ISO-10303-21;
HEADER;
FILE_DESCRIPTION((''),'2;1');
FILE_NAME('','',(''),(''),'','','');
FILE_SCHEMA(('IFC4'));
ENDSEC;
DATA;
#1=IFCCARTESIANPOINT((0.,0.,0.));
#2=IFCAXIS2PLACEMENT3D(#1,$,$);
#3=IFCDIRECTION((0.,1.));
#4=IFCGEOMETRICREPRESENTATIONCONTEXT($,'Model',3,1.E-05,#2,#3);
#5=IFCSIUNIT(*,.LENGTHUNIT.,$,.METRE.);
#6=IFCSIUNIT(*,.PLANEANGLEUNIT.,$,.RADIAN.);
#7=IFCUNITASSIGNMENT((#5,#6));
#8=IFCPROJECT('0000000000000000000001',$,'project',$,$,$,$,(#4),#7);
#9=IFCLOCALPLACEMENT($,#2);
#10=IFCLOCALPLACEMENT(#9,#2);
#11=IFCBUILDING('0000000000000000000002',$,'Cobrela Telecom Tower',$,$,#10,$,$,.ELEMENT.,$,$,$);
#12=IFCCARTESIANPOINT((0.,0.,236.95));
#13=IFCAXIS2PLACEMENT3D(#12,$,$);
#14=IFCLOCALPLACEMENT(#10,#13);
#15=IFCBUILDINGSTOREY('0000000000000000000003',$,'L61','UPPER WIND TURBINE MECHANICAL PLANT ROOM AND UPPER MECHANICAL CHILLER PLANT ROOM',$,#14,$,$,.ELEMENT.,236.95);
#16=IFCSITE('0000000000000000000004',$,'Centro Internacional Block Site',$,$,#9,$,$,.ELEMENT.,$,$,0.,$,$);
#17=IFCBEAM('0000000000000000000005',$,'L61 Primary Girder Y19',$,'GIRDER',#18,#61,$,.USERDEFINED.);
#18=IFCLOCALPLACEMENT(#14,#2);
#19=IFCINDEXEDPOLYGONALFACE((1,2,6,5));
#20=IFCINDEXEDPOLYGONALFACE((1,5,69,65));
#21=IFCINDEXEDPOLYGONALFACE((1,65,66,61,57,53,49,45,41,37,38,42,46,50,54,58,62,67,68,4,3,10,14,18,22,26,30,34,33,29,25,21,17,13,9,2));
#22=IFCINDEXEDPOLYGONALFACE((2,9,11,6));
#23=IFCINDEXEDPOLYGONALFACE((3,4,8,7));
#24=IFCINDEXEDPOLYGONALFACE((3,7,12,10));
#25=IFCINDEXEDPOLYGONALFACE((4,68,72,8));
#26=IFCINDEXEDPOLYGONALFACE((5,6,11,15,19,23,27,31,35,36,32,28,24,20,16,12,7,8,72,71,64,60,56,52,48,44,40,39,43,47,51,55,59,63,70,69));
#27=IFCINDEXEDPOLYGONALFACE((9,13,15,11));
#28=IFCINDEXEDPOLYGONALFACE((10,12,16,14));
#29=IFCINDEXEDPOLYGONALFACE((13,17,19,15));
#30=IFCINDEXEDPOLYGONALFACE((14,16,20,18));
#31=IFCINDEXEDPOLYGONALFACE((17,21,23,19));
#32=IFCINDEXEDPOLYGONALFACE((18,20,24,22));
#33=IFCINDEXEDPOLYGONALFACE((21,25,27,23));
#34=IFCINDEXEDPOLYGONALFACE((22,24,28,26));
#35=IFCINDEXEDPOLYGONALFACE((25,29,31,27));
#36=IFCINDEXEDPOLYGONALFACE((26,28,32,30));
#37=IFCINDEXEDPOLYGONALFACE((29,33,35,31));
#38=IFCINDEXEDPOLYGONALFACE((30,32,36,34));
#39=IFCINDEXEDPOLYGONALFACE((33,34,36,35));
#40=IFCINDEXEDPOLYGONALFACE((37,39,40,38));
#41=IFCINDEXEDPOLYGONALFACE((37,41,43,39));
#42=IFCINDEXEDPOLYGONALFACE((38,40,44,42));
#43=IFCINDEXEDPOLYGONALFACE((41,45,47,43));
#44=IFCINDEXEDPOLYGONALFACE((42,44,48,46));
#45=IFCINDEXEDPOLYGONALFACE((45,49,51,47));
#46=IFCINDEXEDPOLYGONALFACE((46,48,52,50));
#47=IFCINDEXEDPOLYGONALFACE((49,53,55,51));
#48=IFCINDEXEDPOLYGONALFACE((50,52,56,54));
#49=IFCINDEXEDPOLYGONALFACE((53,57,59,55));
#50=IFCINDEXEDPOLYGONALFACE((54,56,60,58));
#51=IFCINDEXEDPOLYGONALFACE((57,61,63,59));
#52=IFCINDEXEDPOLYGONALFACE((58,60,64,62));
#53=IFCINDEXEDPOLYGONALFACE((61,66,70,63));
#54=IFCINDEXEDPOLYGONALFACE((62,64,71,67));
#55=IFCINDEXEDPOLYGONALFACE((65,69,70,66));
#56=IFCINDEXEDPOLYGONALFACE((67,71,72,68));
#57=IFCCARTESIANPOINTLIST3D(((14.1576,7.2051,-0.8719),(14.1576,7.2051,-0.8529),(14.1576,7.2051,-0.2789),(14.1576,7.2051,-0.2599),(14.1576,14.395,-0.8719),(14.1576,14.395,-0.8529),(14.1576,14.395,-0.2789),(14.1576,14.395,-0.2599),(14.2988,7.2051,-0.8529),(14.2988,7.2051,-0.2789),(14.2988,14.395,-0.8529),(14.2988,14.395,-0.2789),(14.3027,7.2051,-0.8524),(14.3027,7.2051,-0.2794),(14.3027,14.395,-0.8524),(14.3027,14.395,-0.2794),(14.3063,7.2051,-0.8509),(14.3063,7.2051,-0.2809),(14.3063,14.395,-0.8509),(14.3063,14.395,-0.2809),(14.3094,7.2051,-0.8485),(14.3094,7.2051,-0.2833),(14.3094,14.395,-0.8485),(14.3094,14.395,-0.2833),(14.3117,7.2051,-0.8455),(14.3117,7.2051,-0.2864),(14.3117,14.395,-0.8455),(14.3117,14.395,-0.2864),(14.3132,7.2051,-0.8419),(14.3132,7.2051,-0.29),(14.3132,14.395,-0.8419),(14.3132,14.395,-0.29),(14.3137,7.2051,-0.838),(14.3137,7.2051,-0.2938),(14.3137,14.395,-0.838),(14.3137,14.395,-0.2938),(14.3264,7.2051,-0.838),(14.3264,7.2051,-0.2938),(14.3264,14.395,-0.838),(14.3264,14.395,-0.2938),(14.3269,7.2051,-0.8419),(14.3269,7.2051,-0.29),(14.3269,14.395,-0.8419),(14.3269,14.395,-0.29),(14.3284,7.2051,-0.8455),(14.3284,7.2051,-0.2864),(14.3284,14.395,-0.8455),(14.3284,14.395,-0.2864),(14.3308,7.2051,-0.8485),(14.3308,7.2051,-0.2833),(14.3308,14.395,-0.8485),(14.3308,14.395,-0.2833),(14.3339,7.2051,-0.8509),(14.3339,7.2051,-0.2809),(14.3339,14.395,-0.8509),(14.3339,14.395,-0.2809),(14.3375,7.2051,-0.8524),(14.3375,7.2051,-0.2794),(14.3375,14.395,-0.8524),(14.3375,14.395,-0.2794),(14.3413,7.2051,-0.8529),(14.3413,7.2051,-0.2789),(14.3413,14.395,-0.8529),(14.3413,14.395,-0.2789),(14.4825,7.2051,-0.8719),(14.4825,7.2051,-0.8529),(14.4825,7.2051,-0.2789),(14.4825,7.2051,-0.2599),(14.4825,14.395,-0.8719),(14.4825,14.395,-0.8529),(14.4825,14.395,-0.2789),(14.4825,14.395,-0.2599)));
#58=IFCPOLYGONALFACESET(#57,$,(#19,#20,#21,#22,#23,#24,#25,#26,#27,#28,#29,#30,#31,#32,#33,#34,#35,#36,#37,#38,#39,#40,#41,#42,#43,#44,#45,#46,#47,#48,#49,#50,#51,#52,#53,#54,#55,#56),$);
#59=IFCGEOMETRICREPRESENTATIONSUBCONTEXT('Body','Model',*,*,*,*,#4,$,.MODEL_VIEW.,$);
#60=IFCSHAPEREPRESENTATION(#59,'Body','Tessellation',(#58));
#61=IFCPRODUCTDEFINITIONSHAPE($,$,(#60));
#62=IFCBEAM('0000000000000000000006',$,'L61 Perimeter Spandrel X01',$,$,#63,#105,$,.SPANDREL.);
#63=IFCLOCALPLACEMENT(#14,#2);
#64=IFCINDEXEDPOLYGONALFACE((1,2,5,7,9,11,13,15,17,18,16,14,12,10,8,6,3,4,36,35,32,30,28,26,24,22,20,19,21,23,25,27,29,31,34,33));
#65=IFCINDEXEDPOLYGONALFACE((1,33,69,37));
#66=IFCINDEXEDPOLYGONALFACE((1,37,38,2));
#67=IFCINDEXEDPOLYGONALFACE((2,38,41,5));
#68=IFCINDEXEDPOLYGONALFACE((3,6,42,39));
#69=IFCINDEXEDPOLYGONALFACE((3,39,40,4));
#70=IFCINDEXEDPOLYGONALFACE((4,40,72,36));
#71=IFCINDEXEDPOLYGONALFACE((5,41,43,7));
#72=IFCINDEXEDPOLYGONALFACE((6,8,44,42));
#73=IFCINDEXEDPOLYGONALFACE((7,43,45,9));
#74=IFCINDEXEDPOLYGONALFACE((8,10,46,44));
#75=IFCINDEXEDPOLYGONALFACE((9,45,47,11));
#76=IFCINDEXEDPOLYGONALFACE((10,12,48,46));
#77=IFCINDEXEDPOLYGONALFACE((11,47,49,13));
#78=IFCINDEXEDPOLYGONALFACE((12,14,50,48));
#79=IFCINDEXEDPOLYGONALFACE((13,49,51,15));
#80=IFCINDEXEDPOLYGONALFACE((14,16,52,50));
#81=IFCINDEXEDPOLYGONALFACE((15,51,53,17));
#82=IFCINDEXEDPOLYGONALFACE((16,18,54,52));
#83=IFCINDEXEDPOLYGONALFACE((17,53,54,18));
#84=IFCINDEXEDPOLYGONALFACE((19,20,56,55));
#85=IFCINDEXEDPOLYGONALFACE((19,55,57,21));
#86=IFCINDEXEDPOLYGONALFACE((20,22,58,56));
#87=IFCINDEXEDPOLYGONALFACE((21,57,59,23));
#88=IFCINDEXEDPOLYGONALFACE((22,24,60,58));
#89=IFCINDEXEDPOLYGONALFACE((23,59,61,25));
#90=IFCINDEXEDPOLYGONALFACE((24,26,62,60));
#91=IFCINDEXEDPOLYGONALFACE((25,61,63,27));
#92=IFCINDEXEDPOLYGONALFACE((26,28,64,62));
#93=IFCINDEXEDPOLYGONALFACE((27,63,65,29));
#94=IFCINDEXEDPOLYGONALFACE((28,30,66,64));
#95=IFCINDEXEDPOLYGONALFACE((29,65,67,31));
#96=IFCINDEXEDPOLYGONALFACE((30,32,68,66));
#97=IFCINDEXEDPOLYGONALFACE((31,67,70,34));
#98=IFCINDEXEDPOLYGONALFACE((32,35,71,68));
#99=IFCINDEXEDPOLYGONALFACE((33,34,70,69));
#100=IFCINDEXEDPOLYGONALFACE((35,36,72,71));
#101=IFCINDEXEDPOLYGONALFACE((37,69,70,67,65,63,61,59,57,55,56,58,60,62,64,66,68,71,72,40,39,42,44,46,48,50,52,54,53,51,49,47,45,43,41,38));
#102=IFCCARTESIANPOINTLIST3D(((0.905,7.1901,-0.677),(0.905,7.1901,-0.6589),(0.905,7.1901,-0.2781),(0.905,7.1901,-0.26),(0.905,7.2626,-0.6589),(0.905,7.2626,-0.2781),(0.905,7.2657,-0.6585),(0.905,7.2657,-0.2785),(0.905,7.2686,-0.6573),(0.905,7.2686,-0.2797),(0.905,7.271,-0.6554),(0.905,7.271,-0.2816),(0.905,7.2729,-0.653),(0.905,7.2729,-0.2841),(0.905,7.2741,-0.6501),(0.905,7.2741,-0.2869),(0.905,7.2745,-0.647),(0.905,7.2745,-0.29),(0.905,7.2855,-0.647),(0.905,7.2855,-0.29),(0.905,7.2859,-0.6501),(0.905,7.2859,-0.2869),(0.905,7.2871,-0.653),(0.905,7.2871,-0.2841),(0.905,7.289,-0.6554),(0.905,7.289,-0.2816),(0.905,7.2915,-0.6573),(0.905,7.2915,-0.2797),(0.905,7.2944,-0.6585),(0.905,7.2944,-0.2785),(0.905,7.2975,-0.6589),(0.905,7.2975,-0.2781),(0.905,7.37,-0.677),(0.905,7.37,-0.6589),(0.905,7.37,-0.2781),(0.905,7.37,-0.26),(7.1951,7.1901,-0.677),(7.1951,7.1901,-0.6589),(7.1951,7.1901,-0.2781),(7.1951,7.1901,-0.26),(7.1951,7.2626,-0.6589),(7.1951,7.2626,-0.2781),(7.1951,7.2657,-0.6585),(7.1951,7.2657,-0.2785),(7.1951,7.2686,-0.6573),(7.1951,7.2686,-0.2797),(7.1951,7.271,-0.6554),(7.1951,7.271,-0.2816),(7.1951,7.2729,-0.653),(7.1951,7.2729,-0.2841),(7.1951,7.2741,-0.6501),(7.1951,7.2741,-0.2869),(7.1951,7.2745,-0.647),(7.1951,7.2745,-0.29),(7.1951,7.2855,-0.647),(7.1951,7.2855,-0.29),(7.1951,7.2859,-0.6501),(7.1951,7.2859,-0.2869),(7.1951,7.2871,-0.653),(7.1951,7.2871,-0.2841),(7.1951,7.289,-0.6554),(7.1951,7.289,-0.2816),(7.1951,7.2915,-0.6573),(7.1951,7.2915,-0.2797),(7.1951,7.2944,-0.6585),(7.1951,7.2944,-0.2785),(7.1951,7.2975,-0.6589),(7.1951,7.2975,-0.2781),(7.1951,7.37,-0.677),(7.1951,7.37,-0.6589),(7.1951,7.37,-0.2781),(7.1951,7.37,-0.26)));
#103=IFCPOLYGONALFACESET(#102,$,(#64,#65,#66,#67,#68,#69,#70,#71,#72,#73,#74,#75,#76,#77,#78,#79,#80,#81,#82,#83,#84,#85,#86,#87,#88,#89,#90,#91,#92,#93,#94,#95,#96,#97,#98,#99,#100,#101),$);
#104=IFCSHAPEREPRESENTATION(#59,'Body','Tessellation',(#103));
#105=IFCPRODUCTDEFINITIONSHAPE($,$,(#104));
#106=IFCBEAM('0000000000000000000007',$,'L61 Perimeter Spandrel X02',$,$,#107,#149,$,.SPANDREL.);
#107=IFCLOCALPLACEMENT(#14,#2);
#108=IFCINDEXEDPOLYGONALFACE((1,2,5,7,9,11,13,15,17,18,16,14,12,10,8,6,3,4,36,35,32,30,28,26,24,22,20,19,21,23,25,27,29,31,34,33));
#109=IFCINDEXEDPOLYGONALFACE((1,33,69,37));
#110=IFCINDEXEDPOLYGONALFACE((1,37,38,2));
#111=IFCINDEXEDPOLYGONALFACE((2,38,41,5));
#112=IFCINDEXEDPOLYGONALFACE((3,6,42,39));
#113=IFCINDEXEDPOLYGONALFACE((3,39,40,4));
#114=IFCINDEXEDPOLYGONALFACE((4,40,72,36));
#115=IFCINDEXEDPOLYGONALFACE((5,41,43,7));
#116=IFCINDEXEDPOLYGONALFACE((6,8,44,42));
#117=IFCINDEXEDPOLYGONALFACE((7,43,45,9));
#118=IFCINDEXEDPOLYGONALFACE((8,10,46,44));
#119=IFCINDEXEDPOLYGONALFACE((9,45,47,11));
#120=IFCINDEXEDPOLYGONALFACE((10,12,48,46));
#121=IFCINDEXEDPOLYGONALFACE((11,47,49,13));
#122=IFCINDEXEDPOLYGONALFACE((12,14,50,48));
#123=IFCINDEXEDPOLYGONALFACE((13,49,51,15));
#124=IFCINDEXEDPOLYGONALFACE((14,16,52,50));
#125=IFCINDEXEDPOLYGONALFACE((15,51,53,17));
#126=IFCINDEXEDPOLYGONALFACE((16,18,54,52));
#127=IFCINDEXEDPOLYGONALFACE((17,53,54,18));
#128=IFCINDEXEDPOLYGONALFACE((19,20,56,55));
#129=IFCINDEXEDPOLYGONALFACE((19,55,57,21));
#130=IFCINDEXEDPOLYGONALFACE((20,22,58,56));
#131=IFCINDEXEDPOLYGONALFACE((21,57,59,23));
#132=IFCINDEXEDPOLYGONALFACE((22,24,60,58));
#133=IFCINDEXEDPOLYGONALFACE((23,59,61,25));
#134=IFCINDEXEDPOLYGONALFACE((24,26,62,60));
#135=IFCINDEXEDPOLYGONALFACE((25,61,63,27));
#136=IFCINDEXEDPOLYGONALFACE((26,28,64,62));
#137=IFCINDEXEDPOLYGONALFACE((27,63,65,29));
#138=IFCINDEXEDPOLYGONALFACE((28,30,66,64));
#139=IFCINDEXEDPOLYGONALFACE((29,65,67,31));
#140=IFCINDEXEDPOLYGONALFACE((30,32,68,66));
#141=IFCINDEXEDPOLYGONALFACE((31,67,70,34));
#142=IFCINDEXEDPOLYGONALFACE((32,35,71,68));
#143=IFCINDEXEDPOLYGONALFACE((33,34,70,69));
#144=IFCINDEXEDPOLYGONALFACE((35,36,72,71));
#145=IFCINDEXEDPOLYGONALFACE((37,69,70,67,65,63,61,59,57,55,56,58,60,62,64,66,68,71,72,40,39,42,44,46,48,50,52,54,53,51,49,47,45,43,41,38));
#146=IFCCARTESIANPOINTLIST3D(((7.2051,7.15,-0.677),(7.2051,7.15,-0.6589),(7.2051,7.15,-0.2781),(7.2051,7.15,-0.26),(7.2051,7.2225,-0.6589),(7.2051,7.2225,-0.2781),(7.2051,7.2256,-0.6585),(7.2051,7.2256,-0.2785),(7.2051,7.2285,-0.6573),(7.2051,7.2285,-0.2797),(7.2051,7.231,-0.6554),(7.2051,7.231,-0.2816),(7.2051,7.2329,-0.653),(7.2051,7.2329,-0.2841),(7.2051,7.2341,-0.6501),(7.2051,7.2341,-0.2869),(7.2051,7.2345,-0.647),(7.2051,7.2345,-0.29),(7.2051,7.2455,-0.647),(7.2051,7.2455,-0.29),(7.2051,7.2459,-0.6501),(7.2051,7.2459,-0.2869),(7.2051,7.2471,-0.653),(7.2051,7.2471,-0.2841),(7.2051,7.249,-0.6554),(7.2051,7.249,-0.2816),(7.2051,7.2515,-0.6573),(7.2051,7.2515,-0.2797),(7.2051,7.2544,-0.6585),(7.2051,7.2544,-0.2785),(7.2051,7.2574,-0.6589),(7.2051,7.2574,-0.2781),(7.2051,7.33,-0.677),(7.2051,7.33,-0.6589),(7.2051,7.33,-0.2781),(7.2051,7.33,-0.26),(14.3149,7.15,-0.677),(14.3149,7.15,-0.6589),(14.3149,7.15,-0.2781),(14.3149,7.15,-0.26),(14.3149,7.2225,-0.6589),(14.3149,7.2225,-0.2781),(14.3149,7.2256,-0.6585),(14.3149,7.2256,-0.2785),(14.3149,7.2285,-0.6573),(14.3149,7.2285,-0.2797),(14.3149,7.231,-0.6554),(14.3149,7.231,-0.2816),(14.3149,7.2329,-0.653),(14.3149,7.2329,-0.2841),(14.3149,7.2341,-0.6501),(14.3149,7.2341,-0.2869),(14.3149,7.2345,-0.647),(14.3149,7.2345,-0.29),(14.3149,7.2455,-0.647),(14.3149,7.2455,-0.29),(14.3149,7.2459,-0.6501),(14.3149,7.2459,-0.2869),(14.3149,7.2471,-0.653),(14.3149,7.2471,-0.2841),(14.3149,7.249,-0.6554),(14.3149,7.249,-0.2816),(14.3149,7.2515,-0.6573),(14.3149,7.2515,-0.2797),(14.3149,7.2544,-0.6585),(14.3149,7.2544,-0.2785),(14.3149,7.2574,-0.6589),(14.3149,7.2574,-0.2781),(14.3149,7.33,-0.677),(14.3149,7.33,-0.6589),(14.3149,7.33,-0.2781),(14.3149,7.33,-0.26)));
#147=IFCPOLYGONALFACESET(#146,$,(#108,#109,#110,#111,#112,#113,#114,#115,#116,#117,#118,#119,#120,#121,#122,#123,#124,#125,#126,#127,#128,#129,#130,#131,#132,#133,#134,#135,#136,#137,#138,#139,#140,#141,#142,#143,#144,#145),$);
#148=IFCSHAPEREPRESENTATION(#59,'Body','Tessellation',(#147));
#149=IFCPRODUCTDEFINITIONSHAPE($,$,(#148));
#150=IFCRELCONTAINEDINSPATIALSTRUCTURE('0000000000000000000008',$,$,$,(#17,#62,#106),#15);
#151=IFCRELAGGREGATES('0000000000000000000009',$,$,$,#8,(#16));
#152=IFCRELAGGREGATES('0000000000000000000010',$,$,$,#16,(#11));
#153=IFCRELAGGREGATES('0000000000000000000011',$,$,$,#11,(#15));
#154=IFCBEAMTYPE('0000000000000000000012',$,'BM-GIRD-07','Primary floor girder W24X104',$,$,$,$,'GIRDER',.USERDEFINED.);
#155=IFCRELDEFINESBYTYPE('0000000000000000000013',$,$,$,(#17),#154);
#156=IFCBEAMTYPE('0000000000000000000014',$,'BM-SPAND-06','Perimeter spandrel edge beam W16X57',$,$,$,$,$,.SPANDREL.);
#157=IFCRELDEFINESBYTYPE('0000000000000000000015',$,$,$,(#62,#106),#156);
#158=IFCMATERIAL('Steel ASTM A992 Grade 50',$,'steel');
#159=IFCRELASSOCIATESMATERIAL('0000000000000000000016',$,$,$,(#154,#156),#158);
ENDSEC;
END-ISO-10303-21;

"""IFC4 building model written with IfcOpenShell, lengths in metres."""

from ifc_helpers import new_model, si_unit, direction, frame, origin, origin_2d, place, context, subcontext, project, spatial, i_section, extrude, material, material_profile, profile_set, type_object, element, save


model = new_model("IFC4")

# Units and contexts
model_context = context("Model", 3, precision=1e-05, world=origin(), true_north=direction((0.0, 1.0)))
body_context = subcontext(model_context, "Body", "Model", "MODEL_VIEW")
ifc_project = project(units=[si_unit("LENGTHUNIT", "METRE"), si_unit("PLANEANGLEUNIT", "RADIAN")], contexts=[model_context])

# Site, building, storey
site_placement = place(None, origin())
site = spatial("IfcSite", under=ifc_project, at=site_placement, Name="Centro Internacional Block Site", CompositionType="ELEMENT", RefElevation=0.0)
building_placement = place(site_placement, origin())
building = spatial("IfcBuilding", under=site, at=building_placement, Name="Cobrela Telecom Tower", CompositionType="ELEMENT")
storey_placement = place(building_placement, frame((0.0, 0.0, 236.95)))
storey = spatial("IfcBuildingStorey", under=building, at=storey_placement, Name="L61", Description="UPPER WIND TURBINE MECHANICAL PLANT ROOM AND UPPER MECHANICAL CHILLER PLANT ROOM", CompositionType="ELEMENT", Elevation=236.95)

# Beams
ifc_material_1 = material(Name="Steel ASTM A992 Grade 50", Category="steel")
ifc_material_profile_1 = material_profile(ifc_material_1, i_section(OverallWidth=0.325, OverallDepth=0.6121, WebThickness=0.0127, FlangeThickness=0.019, FilletRadius=0.0149, at=origin_2d()), Name="W24X104")
ifc_profile_set_1 = profile_set([ifc_material_profile_1], Name="Steel ASTM A992 Grade 50")
beam_type_1 = type_object("IfcBeamType", Name="BM-GIRD-07", Description="Primary floor girder W24X104", ElementType="GIRDER", PredefinedType="USERDEFINED", material=ifc_profile_set_1)
beam_1_placement = place(storey_placement, frame((14.3201, 7.2051, -0.5659), z_axis=(0.0, 1.0, 0.0), x_axis=(-1.0, 0.0, 0.0)))
element("IfcBeam", 1, at=beam_1_placement, inside=storey, type_object=beam_type_1, Name="L61 Primary Girder Y19", ObjectType="GIRDER", PredefinedType="USERDEFINED", context=body_context, shape_type="SweptSolid", body=[
    extrude(i_section(OverallWidth=0.325, OverallDepth=0.6121, WebThickness=0.0127, FlangeThickness=0.019, FilletRadius=0.0149, at=origin_2d()), origin(), (0.0, 0.0, 1.0), 7.1899),
])
ifc_material_profile_2 = material_profile(ifc_material_1, i_section(OverallWidth=0.1799, OverallDepth=0.417, WebThickness=0.011, FlangeThickness=0.0181, FilletRadius=0.012, at=origin_2d()), Name="W16X57")
ifc_profile_set_2 = profile_set([ifc_material_profile_2], Name="Steel ASTM A992 Grade 50")
beam_type_2 = type_object("IfcBeamType", Name="BM-SPAND-06", Description="Perimeter spandrel edge beam W16X57", PredefinedType="SPANDREL", material=ifc_profile_set_2)
beam_2_placement = place(storey_placement, frame((0.905, 7.28, -0.4685), z_axis=(1.0, 0.0, 0.0), x_axis=(0.0, 1.0, 0.0)))
element("IfcBeam", 2, at=beam_2_placement, inside=storey, type_object=beam_type_2, Name="L61 Perimeter Spandrel X01", PredefinedType="SPANDREL", context=body_context, shape_type="SweptSolid", body=[
    extrude(i_section(OverallWidth=0.1799, OverallDepth=0.417, WebThickness=0.011, FlangeThickness=0.0181, FilletRadius=0.012, at=origin_2d()), origin(), (0.0, 0.0, 1.0), 6.29),
])
beam_3_placement = place(storey_placement, frame((7.2051, 7.24, -0.4685), z_axis=(1.0, 0.0, 0.0), x_axis=(0.0, 1.0, 0.0)))
element("IfcBeam", 3, at=beam_3_placement, inside=storey, type_object=beam_type_2, Name="L61 Perimeter Spandrel X02", PredefinedType="SPANDREL", context=body_context, shape_type="SweptSolid", body=[
    extrude(i_section(OverallWidth=0.1799, OverallDepth=0.417, WebThickness=0.011, FlangeThickness=0.0181, FilletRadius=0.012, at=origin_2d()), origin(), (0.0, 0.0, 1.0), 7.1099),
])

save(model, "model.ifc")
